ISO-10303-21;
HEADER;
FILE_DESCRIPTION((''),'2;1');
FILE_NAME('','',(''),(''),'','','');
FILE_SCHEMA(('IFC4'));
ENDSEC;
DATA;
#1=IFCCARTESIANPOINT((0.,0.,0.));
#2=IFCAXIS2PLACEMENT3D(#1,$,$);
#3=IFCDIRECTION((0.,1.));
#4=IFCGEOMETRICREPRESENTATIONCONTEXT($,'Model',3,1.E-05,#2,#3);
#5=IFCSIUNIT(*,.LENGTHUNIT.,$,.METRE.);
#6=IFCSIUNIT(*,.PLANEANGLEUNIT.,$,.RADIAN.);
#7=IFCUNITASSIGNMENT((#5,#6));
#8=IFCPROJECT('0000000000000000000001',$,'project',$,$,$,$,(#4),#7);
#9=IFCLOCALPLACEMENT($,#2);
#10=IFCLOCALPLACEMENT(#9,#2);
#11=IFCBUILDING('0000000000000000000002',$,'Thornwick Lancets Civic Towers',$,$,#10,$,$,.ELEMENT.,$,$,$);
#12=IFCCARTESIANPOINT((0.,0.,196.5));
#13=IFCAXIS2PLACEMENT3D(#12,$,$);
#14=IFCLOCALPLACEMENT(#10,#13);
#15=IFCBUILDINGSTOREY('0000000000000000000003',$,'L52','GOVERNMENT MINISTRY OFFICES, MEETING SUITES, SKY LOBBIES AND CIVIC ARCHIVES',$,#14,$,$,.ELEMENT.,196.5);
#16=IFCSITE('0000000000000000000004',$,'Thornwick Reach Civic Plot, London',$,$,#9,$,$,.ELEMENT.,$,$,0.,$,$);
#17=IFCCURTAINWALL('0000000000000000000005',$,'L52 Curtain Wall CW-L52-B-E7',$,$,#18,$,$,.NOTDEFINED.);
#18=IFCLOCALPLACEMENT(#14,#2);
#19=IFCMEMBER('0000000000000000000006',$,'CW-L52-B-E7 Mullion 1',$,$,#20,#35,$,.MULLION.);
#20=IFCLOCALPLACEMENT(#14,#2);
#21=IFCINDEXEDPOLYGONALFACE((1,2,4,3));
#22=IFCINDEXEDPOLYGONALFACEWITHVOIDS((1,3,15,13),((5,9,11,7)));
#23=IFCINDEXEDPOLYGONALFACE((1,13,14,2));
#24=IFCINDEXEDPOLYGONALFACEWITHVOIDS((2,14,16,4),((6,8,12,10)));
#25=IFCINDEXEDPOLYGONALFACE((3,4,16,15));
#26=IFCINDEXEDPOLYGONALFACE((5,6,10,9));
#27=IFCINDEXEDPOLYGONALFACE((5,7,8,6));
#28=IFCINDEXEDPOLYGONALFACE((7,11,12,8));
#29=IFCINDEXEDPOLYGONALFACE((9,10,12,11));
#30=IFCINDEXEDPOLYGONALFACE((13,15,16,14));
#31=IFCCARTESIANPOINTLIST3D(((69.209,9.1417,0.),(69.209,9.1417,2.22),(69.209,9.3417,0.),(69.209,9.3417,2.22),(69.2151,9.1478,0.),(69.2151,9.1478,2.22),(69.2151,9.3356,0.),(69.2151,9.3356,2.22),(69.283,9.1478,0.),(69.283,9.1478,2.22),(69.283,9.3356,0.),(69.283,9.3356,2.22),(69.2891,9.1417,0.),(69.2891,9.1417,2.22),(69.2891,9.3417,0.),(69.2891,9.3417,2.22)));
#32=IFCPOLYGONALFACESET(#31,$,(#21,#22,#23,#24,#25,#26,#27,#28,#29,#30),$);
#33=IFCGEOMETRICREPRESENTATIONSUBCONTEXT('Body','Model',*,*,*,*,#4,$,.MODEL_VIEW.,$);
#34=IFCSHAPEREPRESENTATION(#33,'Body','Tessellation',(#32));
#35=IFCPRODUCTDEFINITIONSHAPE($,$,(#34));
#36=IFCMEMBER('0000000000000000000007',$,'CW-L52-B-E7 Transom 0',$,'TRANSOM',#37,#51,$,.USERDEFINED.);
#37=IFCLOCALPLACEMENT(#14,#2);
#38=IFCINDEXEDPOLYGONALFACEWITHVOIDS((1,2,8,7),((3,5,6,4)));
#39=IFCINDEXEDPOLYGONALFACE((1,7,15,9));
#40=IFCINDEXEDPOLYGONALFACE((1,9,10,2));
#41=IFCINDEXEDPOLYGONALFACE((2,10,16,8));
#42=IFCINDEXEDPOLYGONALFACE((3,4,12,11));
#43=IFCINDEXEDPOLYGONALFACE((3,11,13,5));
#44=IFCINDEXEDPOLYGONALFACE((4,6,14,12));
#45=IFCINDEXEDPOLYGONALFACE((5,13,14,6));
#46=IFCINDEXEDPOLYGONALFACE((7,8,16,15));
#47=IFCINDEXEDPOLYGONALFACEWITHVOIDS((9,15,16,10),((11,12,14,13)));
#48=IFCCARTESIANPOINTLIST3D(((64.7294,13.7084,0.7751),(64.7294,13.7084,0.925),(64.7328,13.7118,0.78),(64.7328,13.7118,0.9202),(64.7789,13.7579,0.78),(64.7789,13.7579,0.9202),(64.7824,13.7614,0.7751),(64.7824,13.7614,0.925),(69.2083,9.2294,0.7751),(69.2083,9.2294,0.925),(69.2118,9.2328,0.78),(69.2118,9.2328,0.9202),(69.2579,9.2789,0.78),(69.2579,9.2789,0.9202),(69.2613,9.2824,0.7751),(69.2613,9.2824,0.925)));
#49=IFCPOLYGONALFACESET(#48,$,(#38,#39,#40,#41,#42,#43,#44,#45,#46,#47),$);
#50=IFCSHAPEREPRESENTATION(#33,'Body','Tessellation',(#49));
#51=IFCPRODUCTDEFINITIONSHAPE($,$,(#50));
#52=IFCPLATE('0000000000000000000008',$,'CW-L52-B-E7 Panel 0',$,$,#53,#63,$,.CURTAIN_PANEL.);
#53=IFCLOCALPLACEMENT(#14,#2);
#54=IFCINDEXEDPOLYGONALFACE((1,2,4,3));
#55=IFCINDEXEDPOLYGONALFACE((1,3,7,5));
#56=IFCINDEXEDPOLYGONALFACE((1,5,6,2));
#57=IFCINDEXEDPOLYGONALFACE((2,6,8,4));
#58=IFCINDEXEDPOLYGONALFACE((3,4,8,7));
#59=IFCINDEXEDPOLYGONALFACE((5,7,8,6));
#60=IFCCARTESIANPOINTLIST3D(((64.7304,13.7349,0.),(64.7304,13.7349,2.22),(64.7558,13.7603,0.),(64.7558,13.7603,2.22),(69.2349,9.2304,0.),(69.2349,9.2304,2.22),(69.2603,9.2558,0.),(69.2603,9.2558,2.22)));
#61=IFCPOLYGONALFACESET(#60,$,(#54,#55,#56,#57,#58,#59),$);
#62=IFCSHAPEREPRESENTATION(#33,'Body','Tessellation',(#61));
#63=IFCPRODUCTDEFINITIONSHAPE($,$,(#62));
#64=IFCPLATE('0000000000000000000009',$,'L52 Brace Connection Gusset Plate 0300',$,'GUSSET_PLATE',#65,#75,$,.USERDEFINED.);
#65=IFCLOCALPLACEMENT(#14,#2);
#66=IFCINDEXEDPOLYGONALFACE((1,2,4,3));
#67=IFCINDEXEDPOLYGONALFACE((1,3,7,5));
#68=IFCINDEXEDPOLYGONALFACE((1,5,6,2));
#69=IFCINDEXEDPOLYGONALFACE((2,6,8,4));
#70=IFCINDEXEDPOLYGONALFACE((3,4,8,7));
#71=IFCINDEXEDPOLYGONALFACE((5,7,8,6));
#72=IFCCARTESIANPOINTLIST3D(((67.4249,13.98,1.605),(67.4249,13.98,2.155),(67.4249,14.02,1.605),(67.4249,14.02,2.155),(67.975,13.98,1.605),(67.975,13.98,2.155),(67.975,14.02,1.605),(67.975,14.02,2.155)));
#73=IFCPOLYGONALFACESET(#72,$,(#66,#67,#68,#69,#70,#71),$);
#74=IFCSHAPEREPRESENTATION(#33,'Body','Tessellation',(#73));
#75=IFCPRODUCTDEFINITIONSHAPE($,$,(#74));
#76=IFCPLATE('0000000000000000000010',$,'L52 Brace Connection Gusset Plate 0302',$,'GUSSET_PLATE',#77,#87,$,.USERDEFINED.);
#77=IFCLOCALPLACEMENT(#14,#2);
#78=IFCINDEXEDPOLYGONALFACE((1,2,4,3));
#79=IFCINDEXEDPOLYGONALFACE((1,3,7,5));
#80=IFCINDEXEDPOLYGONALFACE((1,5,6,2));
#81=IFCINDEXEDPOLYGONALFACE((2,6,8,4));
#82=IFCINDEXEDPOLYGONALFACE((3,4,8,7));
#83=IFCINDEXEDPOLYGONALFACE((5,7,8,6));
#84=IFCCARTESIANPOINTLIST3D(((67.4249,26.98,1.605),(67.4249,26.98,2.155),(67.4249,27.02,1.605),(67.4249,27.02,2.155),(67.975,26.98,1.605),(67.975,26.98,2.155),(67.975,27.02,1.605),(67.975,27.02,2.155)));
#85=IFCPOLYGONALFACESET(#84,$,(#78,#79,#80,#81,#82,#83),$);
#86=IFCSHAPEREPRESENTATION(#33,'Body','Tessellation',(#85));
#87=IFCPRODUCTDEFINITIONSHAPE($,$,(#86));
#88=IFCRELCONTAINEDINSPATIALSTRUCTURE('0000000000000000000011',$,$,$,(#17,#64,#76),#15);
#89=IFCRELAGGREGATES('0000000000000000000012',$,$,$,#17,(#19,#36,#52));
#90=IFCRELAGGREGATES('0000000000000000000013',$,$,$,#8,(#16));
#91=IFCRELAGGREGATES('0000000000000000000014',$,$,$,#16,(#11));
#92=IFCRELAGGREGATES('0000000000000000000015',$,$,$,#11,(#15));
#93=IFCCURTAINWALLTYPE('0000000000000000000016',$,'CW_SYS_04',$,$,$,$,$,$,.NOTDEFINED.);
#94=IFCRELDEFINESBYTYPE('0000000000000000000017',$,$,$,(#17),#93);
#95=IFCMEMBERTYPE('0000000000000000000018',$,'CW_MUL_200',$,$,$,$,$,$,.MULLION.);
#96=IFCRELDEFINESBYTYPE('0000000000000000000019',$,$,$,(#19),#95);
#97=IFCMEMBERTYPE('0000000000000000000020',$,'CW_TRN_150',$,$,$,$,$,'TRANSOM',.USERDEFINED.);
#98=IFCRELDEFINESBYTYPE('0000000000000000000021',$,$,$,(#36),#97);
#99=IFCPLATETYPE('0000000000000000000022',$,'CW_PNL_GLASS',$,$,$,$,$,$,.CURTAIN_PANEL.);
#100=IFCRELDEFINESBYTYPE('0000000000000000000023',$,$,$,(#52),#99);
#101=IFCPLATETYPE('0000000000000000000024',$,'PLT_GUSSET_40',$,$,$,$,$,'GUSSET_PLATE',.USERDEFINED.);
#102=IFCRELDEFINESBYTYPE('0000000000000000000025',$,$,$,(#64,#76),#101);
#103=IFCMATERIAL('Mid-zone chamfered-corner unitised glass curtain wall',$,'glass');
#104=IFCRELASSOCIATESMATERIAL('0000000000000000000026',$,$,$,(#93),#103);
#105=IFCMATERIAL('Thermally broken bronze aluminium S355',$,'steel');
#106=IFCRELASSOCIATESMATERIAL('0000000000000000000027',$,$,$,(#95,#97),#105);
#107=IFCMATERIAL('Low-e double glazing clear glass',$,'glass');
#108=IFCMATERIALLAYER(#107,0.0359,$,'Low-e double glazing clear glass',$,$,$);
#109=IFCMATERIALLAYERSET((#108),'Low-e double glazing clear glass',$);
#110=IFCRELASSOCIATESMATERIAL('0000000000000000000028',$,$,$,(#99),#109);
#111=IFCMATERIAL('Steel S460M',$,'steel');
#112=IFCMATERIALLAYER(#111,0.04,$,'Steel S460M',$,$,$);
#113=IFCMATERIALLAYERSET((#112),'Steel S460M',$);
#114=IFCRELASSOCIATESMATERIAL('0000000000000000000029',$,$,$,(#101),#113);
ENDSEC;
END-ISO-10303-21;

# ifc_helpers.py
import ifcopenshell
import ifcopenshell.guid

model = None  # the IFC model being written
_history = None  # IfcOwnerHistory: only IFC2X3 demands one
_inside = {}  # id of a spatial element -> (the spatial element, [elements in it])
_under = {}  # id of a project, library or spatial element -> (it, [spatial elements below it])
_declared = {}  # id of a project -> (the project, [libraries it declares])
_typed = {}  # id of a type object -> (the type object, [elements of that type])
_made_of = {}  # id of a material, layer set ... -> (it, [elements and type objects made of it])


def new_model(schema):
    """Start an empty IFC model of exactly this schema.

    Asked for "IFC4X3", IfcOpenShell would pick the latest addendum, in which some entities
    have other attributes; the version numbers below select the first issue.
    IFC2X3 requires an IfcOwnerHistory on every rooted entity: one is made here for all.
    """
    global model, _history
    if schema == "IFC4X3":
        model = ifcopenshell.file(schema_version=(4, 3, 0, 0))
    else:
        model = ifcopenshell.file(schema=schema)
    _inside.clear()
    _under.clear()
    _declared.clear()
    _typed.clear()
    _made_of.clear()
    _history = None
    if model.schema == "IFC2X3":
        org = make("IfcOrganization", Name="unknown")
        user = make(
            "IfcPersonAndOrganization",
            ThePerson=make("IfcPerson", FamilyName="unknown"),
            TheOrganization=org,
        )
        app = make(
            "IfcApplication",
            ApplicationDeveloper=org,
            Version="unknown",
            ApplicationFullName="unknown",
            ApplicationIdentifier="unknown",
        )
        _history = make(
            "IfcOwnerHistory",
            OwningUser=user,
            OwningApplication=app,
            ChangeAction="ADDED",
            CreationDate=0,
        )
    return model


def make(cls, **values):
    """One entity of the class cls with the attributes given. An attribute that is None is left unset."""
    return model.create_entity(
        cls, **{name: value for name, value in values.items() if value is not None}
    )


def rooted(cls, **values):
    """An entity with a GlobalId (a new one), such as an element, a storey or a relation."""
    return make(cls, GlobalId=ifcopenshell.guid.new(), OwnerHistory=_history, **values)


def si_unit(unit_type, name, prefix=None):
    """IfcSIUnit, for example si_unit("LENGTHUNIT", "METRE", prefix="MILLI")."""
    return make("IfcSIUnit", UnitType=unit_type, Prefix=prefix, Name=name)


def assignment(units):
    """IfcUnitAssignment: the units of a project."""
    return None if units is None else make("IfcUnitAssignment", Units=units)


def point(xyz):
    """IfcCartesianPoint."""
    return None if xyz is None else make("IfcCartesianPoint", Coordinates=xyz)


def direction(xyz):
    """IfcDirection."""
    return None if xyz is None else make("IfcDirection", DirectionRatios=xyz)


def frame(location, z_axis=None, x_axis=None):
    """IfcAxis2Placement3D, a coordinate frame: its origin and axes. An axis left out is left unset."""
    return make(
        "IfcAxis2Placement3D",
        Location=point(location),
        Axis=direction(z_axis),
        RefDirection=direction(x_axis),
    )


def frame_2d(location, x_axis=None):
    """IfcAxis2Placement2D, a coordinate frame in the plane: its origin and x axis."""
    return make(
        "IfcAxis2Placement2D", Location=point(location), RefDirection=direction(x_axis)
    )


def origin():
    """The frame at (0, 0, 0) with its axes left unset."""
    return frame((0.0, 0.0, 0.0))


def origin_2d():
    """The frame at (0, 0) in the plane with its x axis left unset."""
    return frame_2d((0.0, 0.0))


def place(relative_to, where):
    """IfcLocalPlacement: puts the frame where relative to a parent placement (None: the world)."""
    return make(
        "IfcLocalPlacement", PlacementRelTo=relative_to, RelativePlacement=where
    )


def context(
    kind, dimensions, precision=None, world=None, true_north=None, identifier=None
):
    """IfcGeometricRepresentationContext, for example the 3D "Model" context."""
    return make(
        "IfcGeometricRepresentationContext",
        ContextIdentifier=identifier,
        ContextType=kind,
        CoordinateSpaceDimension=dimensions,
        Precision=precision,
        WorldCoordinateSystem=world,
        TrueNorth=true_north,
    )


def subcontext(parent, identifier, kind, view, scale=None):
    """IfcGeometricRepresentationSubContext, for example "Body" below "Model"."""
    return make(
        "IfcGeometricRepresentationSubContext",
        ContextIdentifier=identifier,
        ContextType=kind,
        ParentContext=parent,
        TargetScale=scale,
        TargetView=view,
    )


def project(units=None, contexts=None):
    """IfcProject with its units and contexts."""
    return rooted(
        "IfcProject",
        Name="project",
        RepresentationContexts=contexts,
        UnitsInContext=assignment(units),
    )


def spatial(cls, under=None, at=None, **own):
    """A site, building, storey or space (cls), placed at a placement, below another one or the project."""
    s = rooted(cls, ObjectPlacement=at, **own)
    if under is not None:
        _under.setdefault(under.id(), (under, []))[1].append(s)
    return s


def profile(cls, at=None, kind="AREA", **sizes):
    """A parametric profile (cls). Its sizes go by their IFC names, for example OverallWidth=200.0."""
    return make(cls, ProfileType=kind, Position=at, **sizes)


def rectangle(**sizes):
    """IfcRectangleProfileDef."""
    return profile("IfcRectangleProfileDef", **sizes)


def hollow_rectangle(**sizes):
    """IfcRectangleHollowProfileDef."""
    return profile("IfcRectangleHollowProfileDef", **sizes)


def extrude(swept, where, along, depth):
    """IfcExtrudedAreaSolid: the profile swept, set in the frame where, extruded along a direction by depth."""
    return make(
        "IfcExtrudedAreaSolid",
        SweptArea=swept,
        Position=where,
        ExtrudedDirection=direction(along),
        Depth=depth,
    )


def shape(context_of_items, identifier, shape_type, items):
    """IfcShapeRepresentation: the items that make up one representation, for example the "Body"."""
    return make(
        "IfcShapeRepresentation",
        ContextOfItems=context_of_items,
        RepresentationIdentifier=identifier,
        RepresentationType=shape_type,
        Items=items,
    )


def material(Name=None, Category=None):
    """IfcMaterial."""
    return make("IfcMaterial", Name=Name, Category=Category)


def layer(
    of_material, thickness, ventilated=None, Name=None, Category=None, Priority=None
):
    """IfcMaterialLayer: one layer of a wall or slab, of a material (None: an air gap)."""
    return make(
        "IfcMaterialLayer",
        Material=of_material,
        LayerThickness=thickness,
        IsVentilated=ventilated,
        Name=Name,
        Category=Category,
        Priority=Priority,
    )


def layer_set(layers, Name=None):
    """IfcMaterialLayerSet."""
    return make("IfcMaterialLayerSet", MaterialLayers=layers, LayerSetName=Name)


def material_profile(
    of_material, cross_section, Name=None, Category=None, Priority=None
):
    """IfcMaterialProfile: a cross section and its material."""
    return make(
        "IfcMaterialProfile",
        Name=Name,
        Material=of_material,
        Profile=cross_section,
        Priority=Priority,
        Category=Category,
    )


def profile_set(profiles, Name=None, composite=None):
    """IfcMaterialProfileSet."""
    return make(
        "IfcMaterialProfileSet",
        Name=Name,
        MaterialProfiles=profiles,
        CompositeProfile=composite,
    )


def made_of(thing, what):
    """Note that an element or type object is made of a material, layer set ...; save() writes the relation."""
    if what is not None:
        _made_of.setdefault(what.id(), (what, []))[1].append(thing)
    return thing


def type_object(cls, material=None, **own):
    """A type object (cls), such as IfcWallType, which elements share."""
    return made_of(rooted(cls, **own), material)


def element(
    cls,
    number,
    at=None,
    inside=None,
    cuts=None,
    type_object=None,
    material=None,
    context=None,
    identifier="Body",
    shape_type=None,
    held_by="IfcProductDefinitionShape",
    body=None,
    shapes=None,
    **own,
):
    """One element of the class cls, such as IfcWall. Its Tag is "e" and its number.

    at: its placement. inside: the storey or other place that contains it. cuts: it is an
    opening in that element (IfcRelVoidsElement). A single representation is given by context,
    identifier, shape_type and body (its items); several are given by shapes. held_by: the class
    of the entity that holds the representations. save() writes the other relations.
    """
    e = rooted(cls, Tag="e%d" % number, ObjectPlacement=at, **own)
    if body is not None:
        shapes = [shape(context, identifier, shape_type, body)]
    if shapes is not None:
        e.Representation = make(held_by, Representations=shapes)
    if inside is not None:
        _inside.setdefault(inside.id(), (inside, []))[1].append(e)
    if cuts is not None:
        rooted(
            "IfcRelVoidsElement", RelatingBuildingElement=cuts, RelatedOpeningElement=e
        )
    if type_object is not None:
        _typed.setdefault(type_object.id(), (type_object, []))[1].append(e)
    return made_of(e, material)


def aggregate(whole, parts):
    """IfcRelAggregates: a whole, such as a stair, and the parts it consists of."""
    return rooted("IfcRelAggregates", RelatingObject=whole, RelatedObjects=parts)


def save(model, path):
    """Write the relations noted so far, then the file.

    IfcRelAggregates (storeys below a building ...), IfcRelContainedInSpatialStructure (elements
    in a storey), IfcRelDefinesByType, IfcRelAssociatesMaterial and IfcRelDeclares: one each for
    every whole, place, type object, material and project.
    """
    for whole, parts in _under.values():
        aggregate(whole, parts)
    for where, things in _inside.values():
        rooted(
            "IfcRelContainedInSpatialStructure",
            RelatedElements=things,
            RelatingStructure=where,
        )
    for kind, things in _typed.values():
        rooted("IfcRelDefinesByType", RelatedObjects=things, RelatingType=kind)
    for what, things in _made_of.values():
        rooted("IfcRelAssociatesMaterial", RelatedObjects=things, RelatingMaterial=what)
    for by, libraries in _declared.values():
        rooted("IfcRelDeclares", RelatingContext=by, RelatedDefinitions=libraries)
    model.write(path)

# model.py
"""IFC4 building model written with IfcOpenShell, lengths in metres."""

from ifc_helpers import new_model, si_unit, direction, frame, origin, origin_2d, place, context, subcontext, project, spatial, rectangle, hollow_rectangle, extrude, material, layer, layer_set, material_profile, profile_set, type_object, element, aggregate, save


model = new_model("IFC4")

# Units and contexts
model_context = context("Model", 3, precision=1e-05, world=origin(), true_north=direction((0.0, 1.0)))
body_context = subcontext(model_context, "Body", "Model", "MODEL_VIEW")
ifc_project = project(units=[si_unit("LENGTHUNIT", "METRE"), si_unit("PLANEANGLEUNIT", "RADIAN")], contexts=[model_context])

# Site, building, storey
site_placement = place(None, origin())
site = spatial("IfcSite", under=ifc_project, at=site_placement, Name="Thornwick Reach Civic Plot, London", CompositionType="ELEMENT", RefElevation=0.0)
building_placement = place(site_placement, origin())
building = spatial("IfcBuilding", under=site, at=building_placement, Name="Thornwick Lancets Civic Towers", CompositionType="ELEMENT")
storey_placement = place(building_placement, frame((0.0, 0.0, 196.5)))
storey = spatial("IfcBuildingStorey", under=building, at=storey_placement, Name="L52", Description="GOVERNMENT MINISTRY OFFICES, MEETING SUITES, SKY LOBBIES AND CIVIC ARCHIVES", CompositionType="ELEMENT", Elevation=196.5)

# Shared definitions
ifc_material_1 = material(Name="Steel S460M", Category="steel")

# Shared definitions
ifc_material_2 = material(Name="Mid-zone chamfered-corner unitised glass curtain wall", Category="glass")
curtain_wall_type = type_object("IfcCurtainWallType", Name="CW_SYS_04", PredefinedType="NOTDEFINED", material=ifc_material_2)
ifc_material_3 = material(Name="Thermally broken bronze aluminium S355", Category="steel")
ifc_material_profile_1 = material_profile(ifc_material_3, hollow_rectangle(XDim=0.0801, YDim=0.2, WallThickness=0.0061, at=origin_2d()), Name="RHS 200x80x6")
ifc_profile_set_1 = profile_set([ifc_material_profile_1], Name="Thermally broken bronze aluminium S355")
member_type_1 = type_object("IfcMemberType", Name="CW_MUL_200", PredefinedType="MULLION", material=ifc_profile_set_1)

# Curtain wall, members, plate
curtain_wall_1_placement = place(storey_placement, origin())
curtain_wall_1 = element("IfcCurtainWall", 1, at=curtain_wall_1_placement, inside=storey, type_object=curtain_wall_type, Name="L52 Curtain Wall CW-L52-B-E7", PredefinedType="NOTDEFINED")
member_1_placement = place(storey_placement, frame((69.249, 9.2417, 0.0), z_axis=(0.0, 0.0, 1.0), x_axis=(1.0, 0.0, 0.0)))
member_1 = element("IfcMember", 2, at=member_1_placement, type_object=member_type_1, Name="CW-L52-B-E7 Mullion 1", PredefinedType="MULLION", context=body_context, shape_type="SweptSolid", body=[
    extrude(hollow_rectangle(XDim=0.0801, YDim=0.2, WallThickness=0.0061, at=origin_2d()), origin(), (0.0, 0.0, 1.0), 2.22),
])
ifc_material_profile_2 = material_profile(ifc_material_3, hollow_rectangle(XDim=0.075, YDim=0.1499, WallThickness=0.0049, at=origin_2d()), Name="RHS 150x75x5")
ifc_profile_set_2 = profile_set([ifc_material_profile_2], Name="Thermally broken bronze aluminium S355")
member_type_2 = type_object("IfcMemberType", Name="CW_TRN_150", ElementType="TRANSOM", PredefinedType="USERDEFINED", material=ifc_profile_set_2)
member_2_placement = place(storey_placement, frame((64.7559, 13.7349, 0.8501), z_axis=(0.707107, -0.707107, 0.0), x_axis=(0.707107, 0.707107, 0.0)))
member_2 = element("IfcMember", 3, at=member_2_placement, type_object=member_type_2, Name="CW-L52-B-E7 Transom 0", ObjectType="TRANSOM", PredefinedType="USERDEFINED", context=body_context, shape_type="SweptSolid", body=[
    extrude(hollow_rectangle(XDim=0.075, YDim=0.1499, WallThickness=0.0049, at=origin_2d()), origin(), (0.0, 0.0, 1.0), 6.3342),
])
ifc_material_4 = material(Name="Low-e double glazing clear glass", Category="glass")
ifc_layer_1 = layer(ifc_material_4, 0.0359, Name="Low-e double glazing clear glass")
ifc_layer_set_1 = layer_set([ifc_layer_1], Name="Low-e double glazing clear glass")
plate_type_1 = type_object("IfcPlateType", Name="CW_PNL_GLASS", PredefinedType="CURTAIN_PANEL", material=ifc_layer_set_1)
plate_placement = place(storey_placement, frame((66.9954, 11.4954, 0.0), z_axis=(0.0, 0.0, 1.0), x_axis=(0.707107, -0.707107, 0.0)))
plate = element("IfcPlate", 4, at=plate_placement, type_object=plate_type_1, Name="CW-L52-B-E7 Panel 0", PredefinedType="CURTAIN_PANEL", context=body_context, shape_type="SweptSolid", body=[
    extrude(rectangle(XDim=6.3704, YDim=0.0359, at=origin_2d()), origin(), (0.0, 0.0, 1.0), 2.22),
])
aggregate(curtain_wall_1, [member_1, member_2, plate])

# Plates
ifc_layer_2 = layer(ifc_material_1, 0.04, Name="Steel S460M")
ifc_layer_set_2 = layer_set([ifc_layer_2], Name="Steel S460M")
plate_type_2 = type_object("IfcPlateType", Name="PLT_GUSSET_40", ElementType="GUSSET_PLATE", PredefinedType="USERDEFINED", material=ifc_layer_set_2)
for number, where, z_axis, x_axis, name in (
    (5, (67.7, 14.0, 1.605), (0.0, 0.0, 1.0), (-1.0, 0.0, 0.0), "L52 Brace Connection Gusset Plate 0300"),
    (6, (67.7, 27.0, 1.605), (0.0, 0.0, 1.0), (-1.0, 0.0, 0.0), "L52 Brace Connection Gusset Plate 0302"),
):
    element("IfcPlate", number, at=place(storey_placement, frame(where, z_axis=z_axis, x_axis=x_axis)), inside=storey, type_object=plate_type_2, Name=name, ObjectType="GUSSET_PLATE", PredefinedType="USERDEFINED", context=body_context, shape_type="SweptSolid", body=[
        extrude(rectangle(XDim=0.55, YDim=0.04, at=origin_2d()), origin(), (0.0, 0.0, 1.0), 0.55),
    ])

save(model, "model.ifc")
